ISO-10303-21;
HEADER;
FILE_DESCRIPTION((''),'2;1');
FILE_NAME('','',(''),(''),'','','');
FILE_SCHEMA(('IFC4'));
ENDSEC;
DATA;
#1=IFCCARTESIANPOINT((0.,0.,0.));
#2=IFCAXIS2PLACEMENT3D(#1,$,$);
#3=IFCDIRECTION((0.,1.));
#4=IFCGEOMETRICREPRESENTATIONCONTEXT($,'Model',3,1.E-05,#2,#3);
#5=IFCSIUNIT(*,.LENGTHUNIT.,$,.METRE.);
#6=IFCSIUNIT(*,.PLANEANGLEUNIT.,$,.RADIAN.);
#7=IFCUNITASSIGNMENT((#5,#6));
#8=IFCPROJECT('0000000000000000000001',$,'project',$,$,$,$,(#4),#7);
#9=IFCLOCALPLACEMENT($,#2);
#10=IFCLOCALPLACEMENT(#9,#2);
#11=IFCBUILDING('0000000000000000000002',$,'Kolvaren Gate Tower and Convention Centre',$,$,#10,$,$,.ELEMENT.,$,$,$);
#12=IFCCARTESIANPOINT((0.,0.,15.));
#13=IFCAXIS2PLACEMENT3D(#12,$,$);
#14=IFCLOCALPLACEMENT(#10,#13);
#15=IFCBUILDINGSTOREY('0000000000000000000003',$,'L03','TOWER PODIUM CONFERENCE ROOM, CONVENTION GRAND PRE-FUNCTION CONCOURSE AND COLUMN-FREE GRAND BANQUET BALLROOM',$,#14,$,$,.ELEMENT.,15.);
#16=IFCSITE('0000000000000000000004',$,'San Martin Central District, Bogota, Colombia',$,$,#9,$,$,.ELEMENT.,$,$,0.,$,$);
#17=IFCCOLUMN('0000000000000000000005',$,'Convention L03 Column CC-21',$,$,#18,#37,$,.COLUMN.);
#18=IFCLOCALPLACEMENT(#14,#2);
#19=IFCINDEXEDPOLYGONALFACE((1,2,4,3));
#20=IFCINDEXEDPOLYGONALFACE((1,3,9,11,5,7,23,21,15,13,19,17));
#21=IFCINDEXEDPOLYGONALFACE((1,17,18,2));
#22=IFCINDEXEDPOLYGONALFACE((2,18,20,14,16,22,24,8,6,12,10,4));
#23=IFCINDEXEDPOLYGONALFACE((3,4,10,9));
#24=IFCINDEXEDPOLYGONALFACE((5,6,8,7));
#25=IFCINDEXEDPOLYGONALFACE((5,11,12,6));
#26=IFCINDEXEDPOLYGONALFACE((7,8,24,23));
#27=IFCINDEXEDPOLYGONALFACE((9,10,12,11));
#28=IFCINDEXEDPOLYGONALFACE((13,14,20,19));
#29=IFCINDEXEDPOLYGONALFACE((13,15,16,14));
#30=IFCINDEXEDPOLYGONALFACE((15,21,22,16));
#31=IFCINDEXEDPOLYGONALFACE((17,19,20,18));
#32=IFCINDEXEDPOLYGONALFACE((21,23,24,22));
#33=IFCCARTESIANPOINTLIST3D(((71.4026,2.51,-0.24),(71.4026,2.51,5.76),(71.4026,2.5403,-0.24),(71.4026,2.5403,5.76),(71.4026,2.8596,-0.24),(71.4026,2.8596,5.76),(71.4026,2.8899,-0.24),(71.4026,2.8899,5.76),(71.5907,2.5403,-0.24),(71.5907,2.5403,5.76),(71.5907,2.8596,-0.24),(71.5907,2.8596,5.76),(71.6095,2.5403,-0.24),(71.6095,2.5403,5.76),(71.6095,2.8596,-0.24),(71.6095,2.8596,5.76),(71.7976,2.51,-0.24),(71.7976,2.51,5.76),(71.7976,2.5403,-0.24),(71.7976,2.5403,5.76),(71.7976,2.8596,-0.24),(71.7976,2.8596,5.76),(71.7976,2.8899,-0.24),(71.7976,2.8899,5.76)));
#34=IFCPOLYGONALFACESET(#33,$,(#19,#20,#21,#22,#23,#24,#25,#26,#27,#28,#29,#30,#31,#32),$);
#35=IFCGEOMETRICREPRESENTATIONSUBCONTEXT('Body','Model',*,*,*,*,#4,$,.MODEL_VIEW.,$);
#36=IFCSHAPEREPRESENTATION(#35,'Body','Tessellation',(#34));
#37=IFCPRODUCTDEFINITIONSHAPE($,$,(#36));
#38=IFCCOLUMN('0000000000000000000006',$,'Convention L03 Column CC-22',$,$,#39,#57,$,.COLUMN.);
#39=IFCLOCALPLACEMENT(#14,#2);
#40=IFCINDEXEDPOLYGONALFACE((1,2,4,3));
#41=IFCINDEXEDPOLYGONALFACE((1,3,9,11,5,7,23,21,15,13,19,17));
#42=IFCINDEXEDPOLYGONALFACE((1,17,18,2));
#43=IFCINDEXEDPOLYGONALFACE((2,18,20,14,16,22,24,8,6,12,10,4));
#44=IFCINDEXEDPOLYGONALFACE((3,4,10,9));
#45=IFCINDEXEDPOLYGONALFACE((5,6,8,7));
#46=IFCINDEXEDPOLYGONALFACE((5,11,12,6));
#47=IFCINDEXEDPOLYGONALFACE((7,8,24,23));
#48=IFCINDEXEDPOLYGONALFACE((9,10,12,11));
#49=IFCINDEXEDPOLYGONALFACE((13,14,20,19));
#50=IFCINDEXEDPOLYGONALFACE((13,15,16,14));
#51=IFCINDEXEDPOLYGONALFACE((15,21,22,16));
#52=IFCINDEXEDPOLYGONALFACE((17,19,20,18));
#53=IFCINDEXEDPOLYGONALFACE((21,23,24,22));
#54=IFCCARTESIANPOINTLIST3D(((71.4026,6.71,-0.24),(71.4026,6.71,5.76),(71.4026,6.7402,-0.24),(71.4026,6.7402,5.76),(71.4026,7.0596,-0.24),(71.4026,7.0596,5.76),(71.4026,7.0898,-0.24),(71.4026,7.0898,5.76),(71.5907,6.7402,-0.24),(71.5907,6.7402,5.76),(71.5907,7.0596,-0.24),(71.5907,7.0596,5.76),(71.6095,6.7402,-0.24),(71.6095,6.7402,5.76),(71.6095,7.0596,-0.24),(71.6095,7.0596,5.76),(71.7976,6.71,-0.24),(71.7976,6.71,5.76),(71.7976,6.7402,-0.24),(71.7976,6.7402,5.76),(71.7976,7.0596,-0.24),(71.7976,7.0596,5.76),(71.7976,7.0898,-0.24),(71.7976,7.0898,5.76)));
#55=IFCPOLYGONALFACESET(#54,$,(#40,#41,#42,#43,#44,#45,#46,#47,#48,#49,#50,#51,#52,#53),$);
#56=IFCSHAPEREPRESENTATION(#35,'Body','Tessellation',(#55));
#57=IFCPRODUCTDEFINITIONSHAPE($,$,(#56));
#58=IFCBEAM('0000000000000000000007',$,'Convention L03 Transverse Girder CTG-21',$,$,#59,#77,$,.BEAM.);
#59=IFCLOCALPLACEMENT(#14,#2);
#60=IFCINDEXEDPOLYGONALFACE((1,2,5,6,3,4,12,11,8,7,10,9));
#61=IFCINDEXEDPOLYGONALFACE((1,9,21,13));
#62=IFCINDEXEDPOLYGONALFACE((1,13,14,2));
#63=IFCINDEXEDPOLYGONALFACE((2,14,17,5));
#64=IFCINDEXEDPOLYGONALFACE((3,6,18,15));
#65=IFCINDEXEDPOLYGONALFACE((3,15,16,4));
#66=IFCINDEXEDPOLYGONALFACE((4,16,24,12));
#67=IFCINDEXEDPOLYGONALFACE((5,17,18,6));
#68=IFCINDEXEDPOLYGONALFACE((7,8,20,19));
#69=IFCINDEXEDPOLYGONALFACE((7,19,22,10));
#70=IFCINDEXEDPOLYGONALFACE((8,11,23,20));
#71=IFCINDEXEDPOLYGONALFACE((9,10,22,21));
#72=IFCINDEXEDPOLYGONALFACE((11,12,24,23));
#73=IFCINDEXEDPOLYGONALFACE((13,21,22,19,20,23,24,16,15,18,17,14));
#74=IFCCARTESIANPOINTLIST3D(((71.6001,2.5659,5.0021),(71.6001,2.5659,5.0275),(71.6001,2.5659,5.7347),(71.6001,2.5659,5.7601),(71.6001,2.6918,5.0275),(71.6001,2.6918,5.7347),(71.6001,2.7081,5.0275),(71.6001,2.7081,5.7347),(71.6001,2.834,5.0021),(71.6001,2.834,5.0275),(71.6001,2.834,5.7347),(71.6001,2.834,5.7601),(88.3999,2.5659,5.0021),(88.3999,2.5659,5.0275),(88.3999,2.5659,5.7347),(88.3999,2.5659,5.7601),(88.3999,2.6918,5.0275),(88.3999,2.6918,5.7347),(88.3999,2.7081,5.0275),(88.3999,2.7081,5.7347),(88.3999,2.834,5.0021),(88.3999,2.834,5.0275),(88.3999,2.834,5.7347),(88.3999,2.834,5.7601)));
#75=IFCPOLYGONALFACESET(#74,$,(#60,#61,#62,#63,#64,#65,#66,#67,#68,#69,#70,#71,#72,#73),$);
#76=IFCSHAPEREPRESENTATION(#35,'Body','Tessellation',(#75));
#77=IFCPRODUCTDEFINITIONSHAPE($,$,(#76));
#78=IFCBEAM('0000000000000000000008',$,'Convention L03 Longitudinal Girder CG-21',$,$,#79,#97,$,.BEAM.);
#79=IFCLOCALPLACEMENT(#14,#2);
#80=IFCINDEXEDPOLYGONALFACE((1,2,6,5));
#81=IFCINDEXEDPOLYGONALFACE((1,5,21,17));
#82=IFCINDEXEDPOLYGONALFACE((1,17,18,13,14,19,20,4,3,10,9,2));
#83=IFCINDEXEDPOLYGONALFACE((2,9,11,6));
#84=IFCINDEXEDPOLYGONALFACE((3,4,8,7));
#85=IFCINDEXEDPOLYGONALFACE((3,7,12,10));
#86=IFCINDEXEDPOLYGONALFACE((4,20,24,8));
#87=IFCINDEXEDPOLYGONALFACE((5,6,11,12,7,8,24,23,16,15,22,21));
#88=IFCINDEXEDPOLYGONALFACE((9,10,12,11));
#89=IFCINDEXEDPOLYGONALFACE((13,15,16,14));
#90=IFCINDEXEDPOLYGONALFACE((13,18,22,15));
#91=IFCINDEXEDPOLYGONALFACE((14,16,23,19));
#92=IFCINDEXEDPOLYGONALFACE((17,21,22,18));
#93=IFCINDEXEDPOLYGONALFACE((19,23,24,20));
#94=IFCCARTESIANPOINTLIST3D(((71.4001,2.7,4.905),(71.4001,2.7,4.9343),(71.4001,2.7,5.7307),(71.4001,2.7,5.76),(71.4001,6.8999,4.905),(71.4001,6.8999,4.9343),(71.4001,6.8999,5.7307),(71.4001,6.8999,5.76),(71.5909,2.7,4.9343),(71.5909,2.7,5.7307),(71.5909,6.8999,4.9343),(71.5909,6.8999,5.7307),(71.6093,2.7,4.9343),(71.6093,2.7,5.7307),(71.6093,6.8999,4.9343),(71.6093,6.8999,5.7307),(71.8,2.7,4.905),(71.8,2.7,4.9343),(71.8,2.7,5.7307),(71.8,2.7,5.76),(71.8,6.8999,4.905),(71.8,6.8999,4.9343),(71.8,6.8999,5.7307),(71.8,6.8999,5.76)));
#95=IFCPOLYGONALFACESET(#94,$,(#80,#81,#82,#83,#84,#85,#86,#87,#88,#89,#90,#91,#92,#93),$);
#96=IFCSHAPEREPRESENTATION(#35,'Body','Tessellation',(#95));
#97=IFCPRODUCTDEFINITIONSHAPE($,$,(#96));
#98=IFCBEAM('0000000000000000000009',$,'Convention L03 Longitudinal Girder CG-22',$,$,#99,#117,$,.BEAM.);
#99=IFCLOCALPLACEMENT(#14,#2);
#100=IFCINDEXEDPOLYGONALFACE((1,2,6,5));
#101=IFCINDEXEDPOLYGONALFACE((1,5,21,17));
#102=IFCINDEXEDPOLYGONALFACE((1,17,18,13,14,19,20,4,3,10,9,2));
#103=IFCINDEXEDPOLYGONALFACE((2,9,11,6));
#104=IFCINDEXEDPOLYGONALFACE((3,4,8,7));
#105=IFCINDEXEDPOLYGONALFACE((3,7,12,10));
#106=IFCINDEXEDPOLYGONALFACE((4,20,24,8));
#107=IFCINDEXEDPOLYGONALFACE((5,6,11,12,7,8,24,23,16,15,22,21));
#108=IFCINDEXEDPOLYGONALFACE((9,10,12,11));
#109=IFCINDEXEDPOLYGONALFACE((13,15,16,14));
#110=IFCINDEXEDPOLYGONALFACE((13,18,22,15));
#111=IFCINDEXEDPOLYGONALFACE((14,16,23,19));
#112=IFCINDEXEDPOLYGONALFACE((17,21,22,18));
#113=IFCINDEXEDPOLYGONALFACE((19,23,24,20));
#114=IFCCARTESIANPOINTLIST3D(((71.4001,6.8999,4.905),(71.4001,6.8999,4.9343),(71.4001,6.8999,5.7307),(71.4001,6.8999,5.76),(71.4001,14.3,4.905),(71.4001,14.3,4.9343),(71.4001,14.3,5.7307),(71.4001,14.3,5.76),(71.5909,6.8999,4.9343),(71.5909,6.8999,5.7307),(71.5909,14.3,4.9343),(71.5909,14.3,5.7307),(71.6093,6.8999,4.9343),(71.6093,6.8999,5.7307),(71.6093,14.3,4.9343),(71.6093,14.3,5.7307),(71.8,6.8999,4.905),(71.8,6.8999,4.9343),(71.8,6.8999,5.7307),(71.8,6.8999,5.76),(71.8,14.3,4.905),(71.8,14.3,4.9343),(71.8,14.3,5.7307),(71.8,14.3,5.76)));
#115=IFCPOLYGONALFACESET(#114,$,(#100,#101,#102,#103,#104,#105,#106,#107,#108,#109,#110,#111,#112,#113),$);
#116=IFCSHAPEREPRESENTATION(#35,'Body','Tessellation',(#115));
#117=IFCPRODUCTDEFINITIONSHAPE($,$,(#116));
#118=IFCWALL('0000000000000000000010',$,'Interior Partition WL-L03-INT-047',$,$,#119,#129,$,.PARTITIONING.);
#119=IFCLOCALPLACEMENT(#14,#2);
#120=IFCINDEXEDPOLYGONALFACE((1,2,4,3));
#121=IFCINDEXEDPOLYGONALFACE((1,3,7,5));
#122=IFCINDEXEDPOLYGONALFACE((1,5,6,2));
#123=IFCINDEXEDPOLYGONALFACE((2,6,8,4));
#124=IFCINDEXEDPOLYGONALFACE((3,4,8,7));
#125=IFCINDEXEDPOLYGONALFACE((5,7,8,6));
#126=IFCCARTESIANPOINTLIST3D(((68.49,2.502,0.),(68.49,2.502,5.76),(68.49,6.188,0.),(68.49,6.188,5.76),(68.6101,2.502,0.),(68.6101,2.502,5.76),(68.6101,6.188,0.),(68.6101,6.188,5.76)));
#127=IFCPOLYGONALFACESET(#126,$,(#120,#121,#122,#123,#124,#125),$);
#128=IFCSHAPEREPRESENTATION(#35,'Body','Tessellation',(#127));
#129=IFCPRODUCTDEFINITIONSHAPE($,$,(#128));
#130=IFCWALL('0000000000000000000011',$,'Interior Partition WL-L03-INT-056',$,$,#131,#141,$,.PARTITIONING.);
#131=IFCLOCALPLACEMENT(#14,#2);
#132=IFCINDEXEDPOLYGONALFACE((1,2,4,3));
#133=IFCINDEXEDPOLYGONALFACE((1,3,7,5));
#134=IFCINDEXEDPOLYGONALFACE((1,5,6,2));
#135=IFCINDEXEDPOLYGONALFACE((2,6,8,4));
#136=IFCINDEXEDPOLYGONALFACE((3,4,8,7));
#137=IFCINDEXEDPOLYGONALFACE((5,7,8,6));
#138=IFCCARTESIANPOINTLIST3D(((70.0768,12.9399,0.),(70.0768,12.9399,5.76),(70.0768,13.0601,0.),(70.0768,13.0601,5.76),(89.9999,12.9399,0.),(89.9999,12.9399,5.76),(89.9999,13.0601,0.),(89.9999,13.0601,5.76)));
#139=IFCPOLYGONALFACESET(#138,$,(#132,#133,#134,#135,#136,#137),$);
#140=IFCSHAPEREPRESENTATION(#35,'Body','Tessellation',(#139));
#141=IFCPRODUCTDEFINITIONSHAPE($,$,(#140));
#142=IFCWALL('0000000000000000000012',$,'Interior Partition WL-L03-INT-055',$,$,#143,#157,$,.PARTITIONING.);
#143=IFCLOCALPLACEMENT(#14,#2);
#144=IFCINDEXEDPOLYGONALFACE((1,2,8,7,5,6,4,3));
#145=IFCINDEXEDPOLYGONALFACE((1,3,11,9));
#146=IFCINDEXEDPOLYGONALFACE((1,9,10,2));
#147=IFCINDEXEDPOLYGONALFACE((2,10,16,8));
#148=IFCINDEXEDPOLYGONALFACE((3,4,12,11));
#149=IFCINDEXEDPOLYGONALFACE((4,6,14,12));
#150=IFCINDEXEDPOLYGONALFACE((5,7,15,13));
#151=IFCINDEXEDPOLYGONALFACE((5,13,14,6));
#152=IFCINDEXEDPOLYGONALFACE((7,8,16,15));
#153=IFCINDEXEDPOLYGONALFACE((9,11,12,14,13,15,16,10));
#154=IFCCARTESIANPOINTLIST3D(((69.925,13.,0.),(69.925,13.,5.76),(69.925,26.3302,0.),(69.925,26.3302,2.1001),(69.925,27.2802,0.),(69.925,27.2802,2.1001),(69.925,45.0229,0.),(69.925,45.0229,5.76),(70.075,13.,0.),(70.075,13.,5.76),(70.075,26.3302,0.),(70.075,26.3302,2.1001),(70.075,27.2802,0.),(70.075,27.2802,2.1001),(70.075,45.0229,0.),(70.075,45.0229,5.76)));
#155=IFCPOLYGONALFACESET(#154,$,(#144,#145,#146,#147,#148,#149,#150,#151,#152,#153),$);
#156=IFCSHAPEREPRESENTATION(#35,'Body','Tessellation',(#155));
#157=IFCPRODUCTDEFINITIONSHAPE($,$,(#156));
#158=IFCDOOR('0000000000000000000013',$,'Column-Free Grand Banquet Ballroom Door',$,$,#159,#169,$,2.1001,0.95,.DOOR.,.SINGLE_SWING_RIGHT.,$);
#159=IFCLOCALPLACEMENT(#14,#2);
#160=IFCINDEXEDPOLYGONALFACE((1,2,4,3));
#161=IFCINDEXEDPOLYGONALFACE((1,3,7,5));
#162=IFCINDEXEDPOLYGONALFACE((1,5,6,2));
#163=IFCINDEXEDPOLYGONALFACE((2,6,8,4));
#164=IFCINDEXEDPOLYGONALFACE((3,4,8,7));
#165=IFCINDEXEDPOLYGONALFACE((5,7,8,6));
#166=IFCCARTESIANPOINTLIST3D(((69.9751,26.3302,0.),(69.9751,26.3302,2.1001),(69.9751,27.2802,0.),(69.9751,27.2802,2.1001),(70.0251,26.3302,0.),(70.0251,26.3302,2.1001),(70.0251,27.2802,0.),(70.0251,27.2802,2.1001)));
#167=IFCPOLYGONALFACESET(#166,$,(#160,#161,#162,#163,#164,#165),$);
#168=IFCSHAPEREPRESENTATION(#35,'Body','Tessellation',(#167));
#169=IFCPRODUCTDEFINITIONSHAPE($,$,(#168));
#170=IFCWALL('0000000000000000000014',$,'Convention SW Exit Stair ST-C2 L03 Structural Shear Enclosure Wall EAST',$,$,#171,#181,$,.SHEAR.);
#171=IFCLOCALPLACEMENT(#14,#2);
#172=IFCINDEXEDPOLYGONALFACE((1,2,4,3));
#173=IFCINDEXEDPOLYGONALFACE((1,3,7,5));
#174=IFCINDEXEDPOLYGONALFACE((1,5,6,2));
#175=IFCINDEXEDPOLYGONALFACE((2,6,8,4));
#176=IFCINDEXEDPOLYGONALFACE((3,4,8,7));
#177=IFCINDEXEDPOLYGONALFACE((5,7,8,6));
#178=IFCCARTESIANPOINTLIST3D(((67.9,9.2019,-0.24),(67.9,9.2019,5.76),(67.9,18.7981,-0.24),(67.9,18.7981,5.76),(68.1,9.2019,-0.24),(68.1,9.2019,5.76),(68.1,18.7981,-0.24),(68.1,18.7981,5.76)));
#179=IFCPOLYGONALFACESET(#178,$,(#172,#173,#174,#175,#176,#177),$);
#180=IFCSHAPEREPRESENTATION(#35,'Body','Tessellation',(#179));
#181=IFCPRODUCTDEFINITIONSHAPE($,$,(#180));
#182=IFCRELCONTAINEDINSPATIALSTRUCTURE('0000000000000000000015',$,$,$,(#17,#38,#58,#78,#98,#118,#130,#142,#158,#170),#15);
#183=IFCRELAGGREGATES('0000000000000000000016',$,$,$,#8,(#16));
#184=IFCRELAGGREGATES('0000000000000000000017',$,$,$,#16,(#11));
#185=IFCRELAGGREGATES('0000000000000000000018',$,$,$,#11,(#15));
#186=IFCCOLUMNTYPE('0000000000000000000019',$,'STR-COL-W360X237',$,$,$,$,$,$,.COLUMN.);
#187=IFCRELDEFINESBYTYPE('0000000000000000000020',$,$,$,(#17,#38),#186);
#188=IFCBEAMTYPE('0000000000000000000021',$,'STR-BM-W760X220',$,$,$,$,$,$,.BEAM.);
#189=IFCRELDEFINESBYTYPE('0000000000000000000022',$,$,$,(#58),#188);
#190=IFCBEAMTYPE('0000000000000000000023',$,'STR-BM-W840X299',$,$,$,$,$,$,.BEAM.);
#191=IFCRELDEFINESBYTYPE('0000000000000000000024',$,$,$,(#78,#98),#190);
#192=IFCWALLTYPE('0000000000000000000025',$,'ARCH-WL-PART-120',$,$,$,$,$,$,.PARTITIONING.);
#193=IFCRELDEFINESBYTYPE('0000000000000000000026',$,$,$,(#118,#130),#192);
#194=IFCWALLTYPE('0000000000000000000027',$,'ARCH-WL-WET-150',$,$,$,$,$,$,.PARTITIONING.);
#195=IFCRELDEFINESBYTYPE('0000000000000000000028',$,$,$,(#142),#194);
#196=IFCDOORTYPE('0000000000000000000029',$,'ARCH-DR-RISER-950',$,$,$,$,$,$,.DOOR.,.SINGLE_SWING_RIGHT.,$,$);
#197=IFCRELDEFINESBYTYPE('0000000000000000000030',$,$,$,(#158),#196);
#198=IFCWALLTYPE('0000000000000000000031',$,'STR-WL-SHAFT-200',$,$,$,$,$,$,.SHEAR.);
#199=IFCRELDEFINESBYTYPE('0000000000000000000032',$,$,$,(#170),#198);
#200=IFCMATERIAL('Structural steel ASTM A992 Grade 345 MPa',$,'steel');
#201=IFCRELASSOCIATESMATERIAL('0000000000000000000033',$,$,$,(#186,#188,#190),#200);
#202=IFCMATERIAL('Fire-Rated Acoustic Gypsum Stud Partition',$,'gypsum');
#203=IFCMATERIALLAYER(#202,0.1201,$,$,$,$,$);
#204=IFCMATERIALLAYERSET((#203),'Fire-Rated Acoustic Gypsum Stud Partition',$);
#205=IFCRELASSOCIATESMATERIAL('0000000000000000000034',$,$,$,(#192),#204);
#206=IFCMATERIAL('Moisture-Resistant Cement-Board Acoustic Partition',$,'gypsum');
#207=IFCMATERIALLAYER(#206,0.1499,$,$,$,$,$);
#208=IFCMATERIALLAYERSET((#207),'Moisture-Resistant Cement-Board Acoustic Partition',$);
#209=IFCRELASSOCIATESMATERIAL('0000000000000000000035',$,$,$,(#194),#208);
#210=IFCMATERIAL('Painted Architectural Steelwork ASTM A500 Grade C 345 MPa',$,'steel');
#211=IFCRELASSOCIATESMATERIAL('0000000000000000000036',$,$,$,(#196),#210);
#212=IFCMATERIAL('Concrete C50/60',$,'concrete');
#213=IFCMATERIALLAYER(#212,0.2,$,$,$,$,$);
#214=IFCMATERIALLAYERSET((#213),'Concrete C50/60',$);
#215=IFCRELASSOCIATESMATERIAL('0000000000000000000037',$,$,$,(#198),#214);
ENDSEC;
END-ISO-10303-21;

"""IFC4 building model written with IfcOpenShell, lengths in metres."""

from ifc_helpers import new_model, si_unit, direction, frame, frame_2d, origin, origin_2d, place, context, subcontext, project, spatial, rectangle, i_section, extrude, material, layer, layer_set, material_profile, profile_set, type_object, element, fill, save


model = new_model("IFC4")

# Units and contexts
model_context = context("Model", 3, precision=1e-05, world=origin(), true_north=direction((0.0, 1.0)))
body_context = subcontext(model_context, "Body", "Model", "MODEL_VIEW")
ifc_project = project(units=[si_unit("LENGTHUNIT", "METRE"), si_unit("PLANEANGLEUNIT", "RADIAN")], contexts=[model_context])

# Site, building, storey
site_placement = place(None, origin())
site = spatial("IfcSite", under=ifc_project, at=site_placement, Name="San Martin Central District, Bogota, Colombia", CompositionType="ELEMENT", RefElevation=0.0)
building_placement = place(site_placement, origin())
building = spatial("IfcBuilding", under=site, at=building_placement, Name="Kolvaren Gate Tower and Convention Centre", CompositionType="ELEMENT")
storey_placement = place(building_placement, frame((0.0, 0.0, 15.0)))
storey = spatial("IfcBuildingStorey", under=building, at=storey_placement, Name="L03", Description="TOWER PODIUM CONFERENCE ROOM, CONVENTION GRAND PRE-FUNCTION CONCOURSE AND COLUMN-FREE GRAND BANQUET BALLROOM", CompositionType="ELEMENT", Elevation=15.0)

# Columns
ifc_material_1 = material(Name="Structural steel ASTM A992 Grade 345 MPa", Category="steel")
ifc_material_profile_1 = material_profile(ifc_material_1, i_section(OverallWidth=0.395, OverallDepth=0.3799, WebThickness=0.0188, FlangeThickness=0.0303, at=origin_2d()), Name="W360X237")
ifc_profile_set_1 = profile_set([ifc_material_profile_1], Name="Structural steel ASTM A992 Grade 345 MPa")
column_type = type_object("IfcColumnType", Name="STR-COL-W360X237", PredefinedType="COLUMN", material=ifc_profile_set_1)
for number, where, z_axis, x_axis, name in (
    (1, (71.6001, 2.7, -0.24), (0.0, 0.0, 1.0), (1.0, 0.0, 0.0), "Convention L03 Column CC-21"),
    (2, (71.6001, 6.8999, -0.24), (0.0, 0.0, 1.0), (1.0, 0.0, 0.0), "Convention L03 Column CC-22"),
):
    element("IfcColumn", number, at=place(storey_placement, frame(where, z_axis=z_axis, x_axis=x_axis)), inside=storey, type_object=column_type, Name=name, PredefinedType="COLUMN", context=body_context, shape_type="SweptSolid", body=[
        extrude(i_section(OverallWidth=0.395, OverallDepth=0.3799, WebThickness=0.0188, FlangeThickness=0.0303, at=origin_2d()), origin(), (0.0, 0.0, 1.0), 6.0),
    ])

# Beams
ifc_material_profile_2 = material_profile(ifc_material_1, i_section(OverallWidth=0.2681, OverallDepth=0.7581, WebThickness=0.0164, FlangeThickness=0.0254, at=origin_2d()), Name="W760X220")
ifc_profile_set_2 = profile_set([ifc_material_profile_2], Name="Structural steel ASTM A992 Grade 345 MPa")
beam_type_1 = type_object("IfcBeamType", Name="STR-BM-W760X220", PredefinedType="BEAM", material=ifc_profile_set_2)
beam_1_placement = place(storey_placement, frame((71.6001, 2.7, 5.3811), z_axis=(1.0, 0.0, 0.0), x_axis=(0.0, 1.0, 0.0)))
element("IfcBeam", 3, at=beam_1_placement, inside=storey, type_object=beam_type_1, Name="Convention L03 Transverse Girder CTG-21", PredefinedType="BEAM", context=body_context, shape_type="SweptSolid", body=[
    extrude(i_section(OverallWidth=0.2681, OverallDepth=0.7581, WebThickness=0.0164, FlangeThickness=0.0254, at=origin_2d()), origin(), (0.0, 0.0, 1.0), 16.7998),
])
ifc_material_profile_3 = material_profile(ifc_material_1, i_section(OverallWidth=0.3999, OverallDepth=0.855, WebThickness=0.0183, FlangeThickness=0.0293, at=origin_2d()), Name="W840X299")
ifc_profile_set_3 = profile_set([ifc_material_profile_3], Name="Structural steel ASTM A992 Grade 345 MPa")
beam_type_2 = type_object("IfcBeamType", Name="STR-BM-W840X299", PredefinedType="BEAM", material=ifc_profile_set_3)
beam_2_placement = place(storey_placement, frame((71.6001, 2.7, 5.3325), z_axis=(0.0, 1.0, 0.0), x_axis=(-1.0, 0.0, 0.0)))
element("IfcBeam", 4, at=beam_2_placement, inside=storey, type_object=beam_type_2, Name="Convention L03 Longitudinal Girder CG-21", PredefinedType="BEAM", context=body_context, shape_type="SweptSolid", body=[
    extrude(i_section(OverallWidth=0.3999, OverallDepth=0.855, WebThickness=0.0183, FlangeThickness=0.0293, at=origin_2d()), origin(), (0.0, 0.0, 1.0), 4.2),
])
beam_3_placement = place(storey_placement, frame((71.6001, 6.8999, 5.3325), z_axis=(0.0, 1.0, 0.0), x_axis=(-1.0, 0.0, 0.0)))
element("IfcBeam", 5, at=beam_3_placement, inside=storey, type_object=beam_type_2, Name="Convention L03 Longitudinal Girder CG-22", PredefinedType="BEAM", context=body_context, shape_type="SweptSolid", body=[
    extrude(i_section(OverallWidth=0.3999, OverallDepth=0.855, WebThickness=0.0183, FlangeThickness=0.0293, at=origin_2d()), origin(), (0.0, 0.0, 1.0), 7.4001),
])

# Walls
ifc_material_2 = material(Name="Fire-Rated Acoustic Gypsum Stud Partition", Category="gypsum")
ifc_layer_1 = layer(ifc_material_2, 0.1201)
ifc_layer_set_1 = layer_set([ifc_layer_1], Name="Fire-Rated Acoustic Gypsum Stud Partition")
wall_type_1 = type_object("IfcWallType", Name="ARCH-WL-PART-120", PredefinedType="PARTITIONING", material=ifc_layer_set_1)
wall_1_placement = place(storey_placement, frame((68.55, 2.502, 0.0), z_axis=(0.0, 0.0, 1.0), x_axis=(0.0, 1.0, 0.0)))
element("IfcWall", 6, at=wall_1_placement, inside=storey, type_object=wall_type_1, Name="Interior Partition WL-L03-INT-047", PredefinedType="PARTITIONING", context=body_context, shape_type="SweptSolid", body=[
    extrude(rectangle(XDim=3.686, YDim=0.1201, at=frame_2d((1.843, 0.0))), origin(), (0.0, 0.0, 1.0), 5.76),
])
wall_2_placement = place(storey_placement, frame((70.0769, 13.0, 0.0), z_axis=(0.0, 0.0, 1.0), x_axis=(1.0, 0.0, 0.0)))
element("IfcWall", 7, at=wall_2_placement, inside=storey, type_object=wall_type_1, Name="Interior Partition WL-L03-INT-056", PredefinedType="PARTITIONING", context=body_context, shape_type="SweptSolid", body=[
    extrude(rectangle(XDim=19.9231, YDim=0.1201, at=frame_2d((9.9614, 0.0))), origin(), (0.0, 0.0, 1.0), 5.76),
])

# Wall, opening, door
ifc_material_3 = material(Name="Moisture-Resistant Cement-Board Acoustic Partition", Category="gypsum")
ifc_layer_2 = layer(ifc_material_3, 0.1499)
ifc_layer_set_2 = layer_set([ifc_layer_2], Name="Moisture-Resistant Cement-Board Acoustic Partition")
wall_type_2 = type_object("IfcWallType", Name="ARCH-WL-WET-150", PredefinedType="PARTITIONING", material=ifc_layer_set_2)
wall_3_placement = place(storey_placement, frame((70.0, 13.0, 0.0), z_axis=(0.0, 0.0, 1.0), x_axis=(0.0, 1.0, 0.0)))
wall_3 = element("IfcWall", 8, at=wall_3_placement, inside=storey, type_object=wall_type_2, Name="Interior Partition WL-L03-INT-055", PredefinedType="PARTITIONING", context=body_context, shape_type="SweptSolid", body=[
    extrude(rectangle(XDim=32.0229, YDim=0.1499, at=frame_2d((16.0115, 0.0))), origin(), (0.0, 0.0, 1.0), 5.76),
])
opening_placement = place(wall_3_placement, frame((13.3301, 0.0, 0.0)))
opening = element("IfcOpeningElement", 9, at=opening_placement, cuts=wall_3, PredefinedType="OPENING", context=body_context, shape_type="SweptSolid", body=[
    extrude(rectangle(XDim=0.95, YDim=2.1001, at=frame_2d((0.4751, 1.05))), frame((0.0, 0.085, 0.0), z_axis=(0.0, -1.0, 0.0), x_axis=(1.0, 0.0, 0.0)), (0.0, 0.0, 1.0), 0.1699),
])
ifc_material_4 = material(Name="Painted Architectural Steelwork ASTM A500 Grade C 345 MPa", Category="steel")
door_type = type_object("IfcDoorType", Name="ARCH-DR-RISER-950", OperationType="SINGLE_SWING_RIGHT", PredefinedType="DOOR", material=ifc_material_4)
door_placement = place(opening_placement, origin())
door = element("IfcDoor", 10, at=door_placement, inside=storey, type_object=door_type, Name="Column-Free Grand Banquet Ballroom Door", OperationType="SINGLE_SWING_RIGHT", OverallHeight=2.1001, OverallWidth=0.95, PredefinedType="DOOR", context=body_context, shape_type="SweptSolid", body=[
    extrude(rectangle(XDim=0.95, YDim=2.1001, at=frame_2d((0.4751, 1.05))), frame((0.0, 0.0249, 0.0), z_axis=(0.0, -1.0, 0.0), x_axis=(1.0, 0.0, 0.0)), (0.0, 0.0, 1.0), 0.05),
])
fill(opening, door)

# Wall
ifc_material_5 = material(Name="Concrete C50/60", Category="concrete")
ifc_layer_3 = layer(ifc_material_5, 0.2)
ifc_layer_set_3 = layer_set([ifc_layer_3], Name="Concrete C50/60")
wall_type_3 = type_object("IfcWallType", Name="STR-WL-SHAFT-200", PredefinedType="SHEAR", material=ifc_layer_set_3)
for number, where, z_axis, x_axis, name in (
    (11, (68.0, 9.2019, -0.24), (0.0, 0.0, 1.0), (0.0, 1.0, 0.0), "Convention SW Exit Stair ST-C2 L03 Structural Shear Enclosure Wall EAST"),
):
    element("IfcWall", number, at=place(storey_placement, frame(where, z_axis=z_axis, x_axis=x_axis)), inside=storey, type_object=wall_type_3, Name=name, PredefinedType="SHEAR", context=body_context, shape_type="SweptSolid", body=[
        extrude(rectangle(XDim=9.5962, YDim=0.2, at=frame_2d((4.7981, 0.0))), origin(), (0.0, 0.0, 1.0), 6.0),
    ])

save(model, "model.ifc")
